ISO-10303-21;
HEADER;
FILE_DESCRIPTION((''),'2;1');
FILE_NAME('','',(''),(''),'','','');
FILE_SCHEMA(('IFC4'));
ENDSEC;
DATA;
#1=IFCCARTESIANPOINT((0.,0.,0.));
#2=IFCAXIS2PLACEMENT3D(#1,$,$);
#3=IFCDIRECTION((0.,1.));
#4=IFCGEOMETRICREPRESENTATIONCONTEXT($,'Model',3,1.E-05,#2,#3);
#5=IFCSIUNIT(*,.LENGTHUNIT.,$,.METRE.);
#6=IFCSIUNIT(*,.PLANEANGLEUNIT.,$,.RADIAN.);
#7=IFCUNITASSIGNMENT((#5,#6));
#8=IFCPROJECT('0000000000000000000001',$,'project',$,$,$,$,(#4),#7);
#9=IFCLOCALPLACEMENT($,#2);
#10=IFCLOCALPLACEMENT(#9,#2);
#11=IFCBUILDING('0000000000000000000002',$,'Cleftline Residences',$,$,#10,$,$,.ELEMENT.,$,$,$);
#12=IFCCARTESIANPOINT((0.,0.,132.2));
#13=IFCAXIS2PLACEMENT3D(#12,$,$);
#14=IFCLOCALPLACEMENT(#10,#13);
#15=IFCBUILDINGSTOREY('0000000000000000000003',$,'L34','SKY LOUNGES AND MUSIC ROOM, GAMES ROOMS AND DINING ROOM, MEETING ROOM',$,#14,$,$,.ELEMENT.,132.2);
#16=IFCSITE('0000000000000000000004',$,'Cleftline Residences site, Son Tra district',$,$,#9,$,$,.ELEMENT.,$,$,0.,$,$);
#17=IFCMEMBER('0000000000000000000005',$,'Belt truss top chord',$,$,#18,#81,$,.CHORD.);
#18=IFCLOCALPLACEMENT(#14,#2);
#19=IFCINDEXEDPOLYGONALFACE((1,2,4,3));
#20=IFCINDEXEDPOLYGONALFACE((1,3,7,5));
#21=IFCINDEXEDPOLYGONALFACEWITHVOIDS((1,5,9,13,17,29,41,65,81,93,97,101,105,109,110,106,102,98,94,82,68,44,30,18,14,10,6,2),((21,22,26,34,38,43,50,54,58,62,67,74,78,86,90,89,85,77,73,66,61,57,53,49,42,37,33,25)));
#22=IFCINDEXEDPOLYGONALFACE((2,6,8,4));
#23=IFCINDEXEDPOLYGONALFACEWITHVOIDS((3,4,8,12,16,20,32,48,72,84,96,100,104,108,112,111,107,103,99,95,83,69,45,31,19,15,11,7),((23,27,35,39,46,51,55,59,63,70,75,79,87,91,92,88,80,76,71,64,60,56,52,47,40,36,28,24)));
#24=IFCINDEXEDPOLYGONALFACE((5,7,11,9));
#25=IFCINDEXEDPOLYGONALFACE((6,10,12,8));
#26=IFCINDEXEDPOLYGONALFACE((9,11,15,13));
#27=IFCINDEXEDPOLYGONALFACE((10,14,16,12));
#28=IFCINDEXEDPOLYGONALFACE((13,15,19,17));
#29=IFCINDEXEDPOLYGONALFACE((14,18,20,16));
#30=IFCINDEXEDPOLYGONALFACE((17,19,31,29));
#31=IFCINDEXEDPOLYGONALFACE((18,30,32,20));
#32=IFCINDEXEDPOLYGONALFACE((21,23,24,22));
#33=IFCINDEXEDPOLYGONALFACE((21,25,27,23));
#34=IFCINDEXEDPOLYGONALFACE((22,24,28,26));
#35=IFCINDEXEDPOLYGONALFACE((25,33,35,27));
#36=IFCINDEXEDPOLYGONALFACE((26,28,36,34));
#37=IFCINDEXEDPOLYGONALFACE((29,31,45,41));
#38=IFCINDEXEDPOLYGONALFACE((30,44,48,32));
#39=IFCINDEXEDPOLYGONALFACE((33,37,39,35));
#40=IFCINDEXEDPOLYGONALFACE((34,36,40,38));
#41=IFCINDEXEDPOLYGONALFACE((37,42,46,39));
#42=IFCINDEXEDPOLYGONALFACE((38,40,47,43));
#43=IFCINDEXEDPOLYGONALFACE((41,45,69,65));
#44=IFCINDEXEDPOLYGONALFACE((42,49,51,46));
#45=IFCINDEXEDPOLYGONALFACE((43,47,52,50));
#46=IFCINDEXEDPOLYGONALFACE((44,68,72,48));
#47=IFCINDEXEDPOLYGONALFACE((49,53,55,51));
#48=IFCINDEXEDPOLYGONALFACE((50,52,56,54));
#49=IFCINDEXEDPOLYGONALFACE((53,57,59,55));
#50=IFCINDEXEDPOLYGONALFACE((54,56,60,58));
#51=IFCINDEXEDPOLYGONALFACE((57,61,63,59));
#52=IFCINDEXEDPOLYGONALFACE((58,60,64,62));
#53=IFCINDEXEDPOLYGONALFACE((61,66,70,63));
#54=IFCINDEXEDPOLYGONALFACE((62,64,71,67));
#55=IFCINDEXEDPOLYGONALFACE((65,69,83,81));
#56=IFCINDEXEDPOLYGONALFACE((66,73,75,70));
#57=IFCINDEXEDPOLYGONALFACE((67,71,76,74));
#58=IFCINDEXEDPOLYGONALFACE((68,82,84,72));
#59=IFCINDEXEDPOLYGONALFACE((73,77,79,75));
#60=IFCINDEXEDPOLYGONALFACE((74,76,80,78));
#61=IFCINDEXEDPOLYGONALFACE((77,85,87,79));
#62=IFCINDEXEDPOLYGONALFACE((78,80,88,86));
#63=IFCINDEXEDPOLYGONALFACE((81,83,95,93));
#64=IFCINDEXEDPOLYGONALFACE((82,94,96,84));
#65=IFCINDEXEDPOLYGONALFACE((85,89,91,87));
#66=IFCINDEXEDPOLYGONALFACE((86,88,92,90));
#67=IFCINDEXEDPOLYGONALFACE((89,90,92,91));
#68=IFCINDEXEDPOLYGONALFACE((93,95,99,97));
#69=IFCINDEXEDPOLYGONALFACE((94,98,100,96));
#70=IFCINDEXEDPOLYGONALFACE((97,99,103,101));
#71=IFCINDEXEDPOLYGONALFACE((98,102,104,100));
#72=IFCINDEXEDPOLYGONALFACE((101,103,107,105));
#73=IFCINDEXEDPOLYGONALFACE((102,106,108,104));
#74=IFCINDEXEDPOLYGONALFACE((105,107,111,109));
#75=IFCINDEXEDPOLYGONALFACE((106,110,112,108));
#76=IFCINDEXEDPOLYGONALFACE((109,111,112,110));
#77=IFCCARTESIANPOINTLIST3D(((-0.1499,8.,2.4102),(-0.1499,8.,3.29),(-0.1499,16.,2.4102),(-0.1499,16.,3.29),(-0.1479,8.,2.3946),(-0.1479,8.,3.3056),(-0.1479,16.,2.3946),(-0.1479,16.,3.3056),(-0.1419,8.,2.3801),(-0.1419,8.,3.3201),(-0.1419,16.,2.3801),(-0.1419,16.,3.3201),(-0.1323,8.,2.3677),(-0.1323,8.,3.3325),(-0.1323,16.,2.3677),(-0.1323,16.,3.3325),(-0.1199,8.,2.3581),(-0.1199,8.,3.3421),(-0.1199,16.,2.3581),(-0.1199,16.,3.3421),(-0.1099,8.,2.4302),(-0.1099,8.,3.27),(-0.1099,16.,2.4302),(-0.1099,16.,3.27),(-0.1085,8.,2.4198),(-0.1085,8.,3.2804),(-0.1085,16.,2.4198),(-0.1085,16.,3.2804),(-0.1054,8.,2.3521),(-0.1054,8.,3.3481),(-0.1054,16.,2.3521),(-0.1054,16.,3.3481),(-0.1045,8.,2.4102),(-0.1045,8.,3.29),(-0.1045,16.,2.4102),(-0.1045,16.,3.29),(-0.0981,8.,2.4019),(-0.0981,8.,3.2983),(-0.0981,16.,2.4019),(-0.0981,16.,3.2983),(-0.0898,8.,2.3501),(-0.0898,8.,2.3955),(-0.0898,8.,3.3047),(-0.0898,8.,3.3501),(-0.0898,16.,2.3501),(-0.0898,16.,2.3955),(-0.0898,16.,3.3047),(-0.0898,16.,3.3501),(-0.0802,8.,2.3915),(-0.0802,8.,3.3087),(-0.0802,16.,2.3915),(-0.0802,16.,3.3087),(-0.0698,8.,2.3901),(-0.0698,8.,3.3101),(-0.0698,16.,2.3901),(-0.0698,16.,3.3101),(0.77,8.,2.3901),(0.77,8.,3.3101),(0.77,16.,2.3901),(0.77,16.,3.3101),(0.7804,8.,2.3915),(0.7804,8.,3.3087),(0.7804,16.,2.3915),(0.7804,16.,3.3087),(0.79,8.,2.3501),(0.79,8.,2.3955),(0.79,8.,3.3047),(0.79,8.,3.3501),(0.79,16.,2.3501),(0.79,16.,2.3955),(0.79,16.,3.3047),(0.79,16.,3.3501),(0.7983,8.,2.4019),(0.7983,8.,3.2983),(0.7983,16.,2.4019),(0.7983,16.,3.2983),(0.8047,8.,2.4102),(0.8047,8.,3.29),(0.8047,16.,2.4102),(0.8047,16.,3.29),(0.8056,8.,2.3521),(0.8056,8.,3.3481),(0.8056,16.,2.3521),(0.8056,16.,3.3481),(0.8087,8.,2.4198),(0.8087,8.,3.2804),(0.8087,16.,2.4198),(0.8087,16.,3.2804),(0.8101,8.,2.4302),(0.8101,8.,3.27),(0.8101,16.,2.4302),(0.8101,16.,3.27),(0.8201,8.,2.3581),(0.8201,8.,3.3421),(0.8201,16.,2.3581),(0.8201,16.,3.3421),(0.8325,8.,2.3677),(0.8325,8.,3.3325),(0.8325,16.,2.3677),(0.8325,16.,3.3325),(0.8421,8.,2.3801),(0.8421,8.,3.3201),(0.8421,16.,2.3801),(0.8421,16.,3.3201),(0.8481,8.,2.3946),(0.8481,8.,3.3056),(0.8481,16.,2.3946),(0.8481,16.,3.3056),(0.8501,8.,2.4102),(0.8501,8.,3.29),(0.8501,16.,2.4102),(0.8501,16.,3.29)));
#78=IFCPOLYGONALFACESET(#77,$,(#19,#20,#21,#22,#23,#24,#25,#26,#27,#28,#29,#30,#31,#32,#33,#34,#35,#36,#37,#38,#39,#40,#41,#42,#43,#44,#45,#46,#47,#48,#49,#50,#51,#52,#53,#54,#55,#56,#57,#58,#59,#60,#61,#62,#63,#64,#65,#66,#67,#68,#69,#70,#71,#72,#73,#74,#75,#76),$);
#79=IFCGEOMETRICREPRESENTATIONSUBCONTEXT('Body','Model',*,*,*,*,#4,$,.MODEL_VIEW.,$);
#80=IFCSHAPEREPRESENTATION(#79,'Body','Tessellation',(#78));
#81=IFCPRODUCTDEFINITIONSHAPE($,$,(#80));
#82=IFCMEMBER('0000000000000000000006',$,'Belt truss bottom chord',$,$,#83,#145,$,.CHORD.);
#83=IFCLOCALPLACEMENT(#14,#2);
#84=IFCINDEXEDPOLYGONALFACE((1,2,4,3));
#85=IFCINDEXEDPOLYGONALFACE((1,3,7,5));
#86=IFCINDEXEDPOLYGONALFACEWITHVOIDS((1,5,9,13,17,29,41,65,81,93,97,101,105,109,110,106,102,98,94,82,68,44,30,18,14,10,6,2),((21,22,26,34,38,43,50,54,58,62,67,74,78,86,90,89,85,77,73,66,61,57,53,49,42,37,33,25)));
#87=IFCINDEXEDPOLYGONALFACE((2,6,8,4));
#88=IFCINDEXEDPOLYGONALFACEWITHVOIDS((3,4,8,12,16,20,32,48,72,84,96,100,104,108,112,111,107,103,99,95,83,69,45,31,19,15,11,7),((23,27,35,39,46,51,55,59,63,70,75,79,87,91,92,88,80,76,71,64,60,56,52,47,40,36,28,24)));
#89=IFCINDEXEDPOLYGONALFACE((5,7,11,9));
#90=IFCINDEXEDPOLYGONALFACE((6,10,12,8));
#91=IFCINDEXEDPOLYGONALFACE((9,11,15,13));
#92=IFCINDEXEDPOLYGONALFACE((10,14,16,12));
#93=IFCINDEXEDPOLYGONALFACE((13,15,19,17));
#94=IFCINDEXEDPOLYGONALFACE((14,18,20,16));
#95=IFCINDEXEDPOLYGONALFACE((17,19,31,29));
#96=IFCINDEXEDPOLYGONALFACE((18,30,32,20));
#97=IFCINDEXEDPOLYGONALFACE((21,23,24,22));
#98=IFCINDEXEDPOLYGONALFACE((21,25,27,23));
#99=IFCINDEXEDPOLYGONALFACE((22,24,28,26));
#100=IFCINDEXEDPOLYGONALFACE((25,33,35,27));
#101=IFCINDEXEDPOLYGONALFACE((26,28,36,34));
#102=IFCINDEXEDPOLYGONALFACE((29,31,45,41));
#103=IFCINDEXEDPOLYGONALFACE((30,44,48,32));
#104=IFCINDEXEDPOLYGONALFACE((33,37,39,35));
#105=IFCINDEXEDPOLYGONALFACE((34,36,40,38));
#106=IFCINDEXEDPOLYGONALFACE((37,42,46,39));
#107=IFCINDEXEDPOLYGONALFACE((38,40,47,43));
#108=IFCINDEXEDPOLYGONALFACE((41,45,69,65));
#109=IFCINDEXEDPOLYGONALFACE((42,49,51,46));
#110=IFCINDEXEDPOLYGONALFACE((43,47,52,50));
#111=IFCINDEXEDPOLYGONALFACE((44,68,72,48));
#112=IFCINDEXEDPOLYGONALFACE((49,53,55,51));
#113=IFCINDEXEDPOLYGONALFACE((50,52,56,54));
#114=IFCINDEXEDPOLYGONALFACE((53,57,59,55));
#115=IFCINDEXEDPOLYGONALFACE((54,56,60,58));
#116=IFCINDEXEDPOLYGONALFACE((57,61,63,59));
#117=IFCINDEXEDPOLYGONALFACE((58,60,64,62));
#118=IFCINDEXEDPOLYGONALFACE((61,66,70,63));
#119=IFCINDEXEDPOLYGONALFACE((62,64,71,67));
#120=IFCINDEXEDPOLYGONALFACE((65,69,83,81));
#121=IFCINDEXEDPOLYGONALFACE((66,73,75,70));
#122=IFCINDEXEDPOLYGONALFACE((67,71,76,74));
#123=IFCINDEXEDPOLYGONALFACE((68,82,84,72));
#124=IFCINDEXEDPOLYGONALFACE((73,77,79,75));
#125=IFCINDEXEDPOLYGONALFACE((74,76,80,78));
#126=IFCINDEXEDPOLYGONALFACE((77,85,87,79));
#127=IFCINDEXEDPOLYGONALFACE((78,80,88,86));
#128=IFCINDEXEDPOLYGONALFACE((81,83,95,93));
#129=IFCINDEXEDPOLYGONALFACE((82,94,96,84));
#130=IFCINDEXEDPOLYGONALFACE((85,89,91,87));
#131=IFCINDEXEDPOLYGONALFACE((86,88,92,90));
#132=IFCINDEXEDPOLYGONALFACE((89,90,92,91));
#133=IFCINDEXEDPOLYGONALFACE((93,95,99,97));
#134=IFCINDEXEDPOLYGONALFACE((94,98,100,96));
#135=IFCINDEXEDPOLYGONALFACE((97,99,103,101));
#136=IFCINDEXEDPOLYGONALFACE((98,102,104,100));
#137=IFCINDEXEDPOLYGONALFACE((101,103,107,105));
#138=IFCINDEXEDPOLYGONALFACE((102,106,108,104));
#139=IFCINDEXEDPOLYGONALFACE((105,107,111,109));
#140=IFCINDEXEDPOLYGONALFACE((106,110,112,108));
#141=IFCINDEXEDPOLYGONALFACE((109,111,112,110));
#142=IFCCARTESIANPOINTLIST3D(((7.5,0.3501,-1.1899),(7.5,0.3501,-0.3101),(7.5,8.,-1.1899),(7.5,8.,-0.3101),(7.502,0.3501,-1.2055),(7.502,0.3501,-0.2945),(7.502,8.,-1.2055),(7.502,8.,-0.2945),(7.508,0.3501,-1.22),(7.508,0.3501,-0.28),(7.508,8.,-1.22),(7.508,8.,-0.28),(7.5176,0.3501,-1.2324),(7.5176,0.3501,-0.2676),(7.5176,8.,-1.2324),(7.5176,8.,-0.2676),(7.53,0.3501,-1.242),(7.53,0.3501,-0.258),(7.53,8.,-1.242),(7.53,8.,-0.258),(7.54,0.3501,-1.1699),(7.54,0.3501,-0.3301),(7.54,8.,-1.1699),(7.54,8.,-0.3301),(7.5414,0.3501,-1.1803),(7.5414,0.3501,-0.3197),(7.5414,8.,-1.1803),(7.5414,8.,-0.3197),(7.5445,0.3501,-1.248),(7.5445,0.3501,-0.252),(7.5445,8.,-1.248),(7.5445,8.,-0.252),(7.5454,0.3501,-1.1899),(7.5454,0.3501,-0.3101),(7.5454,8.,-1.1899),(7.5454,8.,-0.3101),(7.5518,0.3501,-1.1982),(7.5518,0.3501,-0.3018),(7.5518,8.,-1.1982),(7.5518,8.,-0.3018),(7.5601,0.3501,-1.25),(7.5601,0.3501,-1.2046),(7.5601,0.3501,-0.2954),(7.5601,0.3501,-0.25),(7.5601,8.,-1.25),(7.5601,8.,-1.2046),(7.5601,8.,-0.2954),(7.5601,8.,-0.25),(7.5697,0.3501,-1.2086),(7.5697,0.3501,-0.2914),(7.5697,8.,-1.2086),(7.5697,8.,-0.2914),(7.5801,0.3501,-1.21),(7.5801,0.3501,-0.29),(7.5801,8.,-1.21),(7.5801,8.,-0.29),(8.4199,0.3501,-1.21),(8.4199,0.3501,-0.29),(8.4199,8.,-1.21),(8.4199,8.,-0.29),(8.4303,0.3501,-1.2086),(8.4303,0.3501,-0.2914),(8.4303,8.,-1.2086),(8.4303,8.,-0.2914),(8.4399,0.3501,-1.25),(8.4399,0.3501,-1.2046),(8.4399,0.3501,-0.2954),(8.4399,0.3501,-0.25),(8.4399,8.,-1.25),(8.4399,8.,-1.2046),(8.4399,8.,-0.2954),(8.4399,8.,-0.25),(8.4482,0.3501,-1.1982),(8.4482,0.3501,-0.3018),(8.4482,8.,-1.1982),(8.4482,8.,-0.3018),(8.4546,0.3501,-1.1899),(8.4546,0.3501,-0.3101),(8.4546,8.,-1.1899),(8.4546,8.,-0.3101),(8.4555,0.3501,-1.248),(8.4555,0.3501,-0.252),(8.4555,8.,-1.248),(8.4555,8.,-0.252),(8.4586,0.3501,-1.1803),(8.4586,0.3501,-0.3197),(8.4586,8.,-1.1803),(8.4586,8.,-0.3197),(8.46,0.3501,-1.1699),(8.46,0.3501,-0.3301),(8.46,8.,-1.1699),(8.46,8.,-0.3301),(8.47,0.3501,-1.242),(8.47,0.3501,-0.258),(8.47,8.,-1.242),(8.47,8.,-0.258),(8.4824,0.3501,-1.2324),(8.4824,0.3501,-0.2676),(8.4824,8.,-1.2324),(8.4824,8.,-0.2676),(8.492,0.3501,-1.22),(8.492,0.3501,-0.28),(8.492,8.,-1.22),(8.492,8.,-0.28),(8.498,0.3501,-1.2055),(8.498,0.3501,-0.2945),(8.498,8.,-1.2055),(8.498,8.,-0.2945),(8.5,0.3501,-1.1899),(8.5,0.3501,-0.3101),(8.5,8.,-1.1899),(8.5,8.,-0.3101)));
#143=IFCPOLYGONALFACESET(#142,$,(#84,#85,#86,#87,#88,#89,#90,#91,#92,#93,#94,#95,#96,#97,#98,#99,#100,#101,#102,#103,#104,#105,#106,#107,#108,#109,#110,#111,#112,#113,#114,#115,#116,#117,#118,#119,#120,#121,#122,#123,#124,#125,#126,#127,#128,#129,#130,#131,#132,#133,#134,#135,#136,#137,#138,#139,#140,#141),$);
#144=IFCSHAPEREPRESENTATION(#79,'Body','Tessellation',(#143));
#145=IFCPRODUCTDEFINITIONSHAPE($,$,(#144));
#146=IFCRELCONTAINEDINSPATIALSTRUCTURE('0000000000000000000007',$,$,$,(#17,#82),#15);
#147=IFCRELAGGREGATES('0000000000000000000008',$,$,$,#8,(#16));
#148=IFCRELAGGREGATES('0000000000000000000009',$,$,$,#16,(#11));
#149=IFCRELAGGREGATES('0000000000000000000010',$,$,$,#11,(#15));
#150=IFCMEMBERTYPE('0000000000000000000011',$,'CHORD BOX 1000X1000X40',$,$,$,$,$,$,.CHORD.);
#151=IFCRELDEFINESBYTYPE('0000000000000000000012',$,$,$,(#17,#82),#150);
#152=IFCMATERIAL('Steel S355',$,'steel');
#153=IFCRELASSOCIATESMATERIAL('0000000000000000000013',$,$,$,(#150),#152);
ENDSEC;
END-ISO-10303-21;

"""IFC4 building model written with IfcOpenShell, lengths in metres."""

from ifc_helpers import new_model, si_unit, direction, frame, origin, origin_2d, place, context, subcontext, project, spatial, hollow_rectangle, extrude, material, material_profile, profile_set, type_object, element, save


model = new_model("IFC4")

# Units and contexts
model_context = context("Model", 3, precision=1e-05, world=origin(), true_north=direction((0.0, 1.0)))
body_context = subcontext(model_context, "Body", "Model", "MODEL_VIEW")
ifc_project = project(units=[si_unit("LENGTHUNIT", "METRE"), si_unit("PLANEANGLEUNIT", "RADIAN")], contexts=[model_context])

# Site, building, storey
site_placement = place(None, origin())
site = spatial("IfcSite", under=ifc_project, at=site_placement, Name="Cleftline Residences site, Son Tra district", CompositionType="ELEMENT", RefElevation=0.0)
building_placement = place(site_placement, origin())
building = spatial("IfcBuilding", under=site, at=building_placement, Name="Cleftline Residences", CompositionType="ELEMENT")
storey_placement = place(building_placement, frame((0.0, 0.0, 132.2)))
storey = spatial("IfcBuildingStorey", under=building, at=storey_placement, Name="L34", Description="SKY LOUNGES AND MUSIC ROOM, GAMES ROOMS AND DINING ROOM, MEETING ROOM", CompositionType="ELEMENT", Elevation=132.2)

# Members
ifc_material_1 = material(Name="Steel S355", Category="steel")
ifc_material_profile_1 = material_profile(ifc_material_1, hollow_rectangle(XDim=1.0, YDim=1.0, WallThickness=0.04, InnerFilletRadius=0.04, OuterFilletRadius=0.0601, at=origin_2d()))
ifc_profile_set_1 = profile_set([ifc_material_profile_1], Name="Steel S355")
member_type_1 = type_object("IfcMemberType", Name="CHORD BOX 1000X1000X40", PredefinedType="CHORD", material=ifc_profile_set_1)
for number, where, z_axis, x_axis, name in (
    (1, (0.3501, 8.0, 2.8501), (0.0, 1.0, 0.0), (-1.0, 0.0, 0.0), "Belt truss top chord"),
):
    element("IfcMember", number, at=place(storey_placement, frame(where, z_axis=z_axis, x_axis=x_axis)), inside=storey, type_object=member_type_1, Name=name, PredefinedType="CHORD", context=body_context, shape_type="SweptSolid", body=[
        extrude(hollow_rectangle(XDim=1.0, YDim=1.0, WallThickness=0.04, InnerFilletRadius=0.04, OuterFilletRadius=0.0601, at=origin_2d()), origin(), (0.0, 0.0, 1.0), 8.0),
    ])
for number, where, z_axis, x_axis, name in (
    (2, (8.0, 0.3501, -0.75), (0.0, 1.0, 0.0), (-1.0, 0.0, 0.0), "Belt truss bottom chord"),
):
    element("IfcMember", number, at=place(storey_placement, frame(where, z_axis=z_axis, x_axis=x_axis)), inside=storey, type_object=member_type_1, Name=name, PredefinedType="CHORD", context=body_context, shape_type="SweptSolid", body=[
        extrude(hollow_rectangle(XDim=1.0, YDim=1.0, WallThickness=0.04, InnerFilletRadius=0.04, OuterFilletRadius=0.0601, at=origin_2d()), origin(), (0.0, 0.0, 1.0), 7.6499),
    ])

save(model, "model.ifc")
